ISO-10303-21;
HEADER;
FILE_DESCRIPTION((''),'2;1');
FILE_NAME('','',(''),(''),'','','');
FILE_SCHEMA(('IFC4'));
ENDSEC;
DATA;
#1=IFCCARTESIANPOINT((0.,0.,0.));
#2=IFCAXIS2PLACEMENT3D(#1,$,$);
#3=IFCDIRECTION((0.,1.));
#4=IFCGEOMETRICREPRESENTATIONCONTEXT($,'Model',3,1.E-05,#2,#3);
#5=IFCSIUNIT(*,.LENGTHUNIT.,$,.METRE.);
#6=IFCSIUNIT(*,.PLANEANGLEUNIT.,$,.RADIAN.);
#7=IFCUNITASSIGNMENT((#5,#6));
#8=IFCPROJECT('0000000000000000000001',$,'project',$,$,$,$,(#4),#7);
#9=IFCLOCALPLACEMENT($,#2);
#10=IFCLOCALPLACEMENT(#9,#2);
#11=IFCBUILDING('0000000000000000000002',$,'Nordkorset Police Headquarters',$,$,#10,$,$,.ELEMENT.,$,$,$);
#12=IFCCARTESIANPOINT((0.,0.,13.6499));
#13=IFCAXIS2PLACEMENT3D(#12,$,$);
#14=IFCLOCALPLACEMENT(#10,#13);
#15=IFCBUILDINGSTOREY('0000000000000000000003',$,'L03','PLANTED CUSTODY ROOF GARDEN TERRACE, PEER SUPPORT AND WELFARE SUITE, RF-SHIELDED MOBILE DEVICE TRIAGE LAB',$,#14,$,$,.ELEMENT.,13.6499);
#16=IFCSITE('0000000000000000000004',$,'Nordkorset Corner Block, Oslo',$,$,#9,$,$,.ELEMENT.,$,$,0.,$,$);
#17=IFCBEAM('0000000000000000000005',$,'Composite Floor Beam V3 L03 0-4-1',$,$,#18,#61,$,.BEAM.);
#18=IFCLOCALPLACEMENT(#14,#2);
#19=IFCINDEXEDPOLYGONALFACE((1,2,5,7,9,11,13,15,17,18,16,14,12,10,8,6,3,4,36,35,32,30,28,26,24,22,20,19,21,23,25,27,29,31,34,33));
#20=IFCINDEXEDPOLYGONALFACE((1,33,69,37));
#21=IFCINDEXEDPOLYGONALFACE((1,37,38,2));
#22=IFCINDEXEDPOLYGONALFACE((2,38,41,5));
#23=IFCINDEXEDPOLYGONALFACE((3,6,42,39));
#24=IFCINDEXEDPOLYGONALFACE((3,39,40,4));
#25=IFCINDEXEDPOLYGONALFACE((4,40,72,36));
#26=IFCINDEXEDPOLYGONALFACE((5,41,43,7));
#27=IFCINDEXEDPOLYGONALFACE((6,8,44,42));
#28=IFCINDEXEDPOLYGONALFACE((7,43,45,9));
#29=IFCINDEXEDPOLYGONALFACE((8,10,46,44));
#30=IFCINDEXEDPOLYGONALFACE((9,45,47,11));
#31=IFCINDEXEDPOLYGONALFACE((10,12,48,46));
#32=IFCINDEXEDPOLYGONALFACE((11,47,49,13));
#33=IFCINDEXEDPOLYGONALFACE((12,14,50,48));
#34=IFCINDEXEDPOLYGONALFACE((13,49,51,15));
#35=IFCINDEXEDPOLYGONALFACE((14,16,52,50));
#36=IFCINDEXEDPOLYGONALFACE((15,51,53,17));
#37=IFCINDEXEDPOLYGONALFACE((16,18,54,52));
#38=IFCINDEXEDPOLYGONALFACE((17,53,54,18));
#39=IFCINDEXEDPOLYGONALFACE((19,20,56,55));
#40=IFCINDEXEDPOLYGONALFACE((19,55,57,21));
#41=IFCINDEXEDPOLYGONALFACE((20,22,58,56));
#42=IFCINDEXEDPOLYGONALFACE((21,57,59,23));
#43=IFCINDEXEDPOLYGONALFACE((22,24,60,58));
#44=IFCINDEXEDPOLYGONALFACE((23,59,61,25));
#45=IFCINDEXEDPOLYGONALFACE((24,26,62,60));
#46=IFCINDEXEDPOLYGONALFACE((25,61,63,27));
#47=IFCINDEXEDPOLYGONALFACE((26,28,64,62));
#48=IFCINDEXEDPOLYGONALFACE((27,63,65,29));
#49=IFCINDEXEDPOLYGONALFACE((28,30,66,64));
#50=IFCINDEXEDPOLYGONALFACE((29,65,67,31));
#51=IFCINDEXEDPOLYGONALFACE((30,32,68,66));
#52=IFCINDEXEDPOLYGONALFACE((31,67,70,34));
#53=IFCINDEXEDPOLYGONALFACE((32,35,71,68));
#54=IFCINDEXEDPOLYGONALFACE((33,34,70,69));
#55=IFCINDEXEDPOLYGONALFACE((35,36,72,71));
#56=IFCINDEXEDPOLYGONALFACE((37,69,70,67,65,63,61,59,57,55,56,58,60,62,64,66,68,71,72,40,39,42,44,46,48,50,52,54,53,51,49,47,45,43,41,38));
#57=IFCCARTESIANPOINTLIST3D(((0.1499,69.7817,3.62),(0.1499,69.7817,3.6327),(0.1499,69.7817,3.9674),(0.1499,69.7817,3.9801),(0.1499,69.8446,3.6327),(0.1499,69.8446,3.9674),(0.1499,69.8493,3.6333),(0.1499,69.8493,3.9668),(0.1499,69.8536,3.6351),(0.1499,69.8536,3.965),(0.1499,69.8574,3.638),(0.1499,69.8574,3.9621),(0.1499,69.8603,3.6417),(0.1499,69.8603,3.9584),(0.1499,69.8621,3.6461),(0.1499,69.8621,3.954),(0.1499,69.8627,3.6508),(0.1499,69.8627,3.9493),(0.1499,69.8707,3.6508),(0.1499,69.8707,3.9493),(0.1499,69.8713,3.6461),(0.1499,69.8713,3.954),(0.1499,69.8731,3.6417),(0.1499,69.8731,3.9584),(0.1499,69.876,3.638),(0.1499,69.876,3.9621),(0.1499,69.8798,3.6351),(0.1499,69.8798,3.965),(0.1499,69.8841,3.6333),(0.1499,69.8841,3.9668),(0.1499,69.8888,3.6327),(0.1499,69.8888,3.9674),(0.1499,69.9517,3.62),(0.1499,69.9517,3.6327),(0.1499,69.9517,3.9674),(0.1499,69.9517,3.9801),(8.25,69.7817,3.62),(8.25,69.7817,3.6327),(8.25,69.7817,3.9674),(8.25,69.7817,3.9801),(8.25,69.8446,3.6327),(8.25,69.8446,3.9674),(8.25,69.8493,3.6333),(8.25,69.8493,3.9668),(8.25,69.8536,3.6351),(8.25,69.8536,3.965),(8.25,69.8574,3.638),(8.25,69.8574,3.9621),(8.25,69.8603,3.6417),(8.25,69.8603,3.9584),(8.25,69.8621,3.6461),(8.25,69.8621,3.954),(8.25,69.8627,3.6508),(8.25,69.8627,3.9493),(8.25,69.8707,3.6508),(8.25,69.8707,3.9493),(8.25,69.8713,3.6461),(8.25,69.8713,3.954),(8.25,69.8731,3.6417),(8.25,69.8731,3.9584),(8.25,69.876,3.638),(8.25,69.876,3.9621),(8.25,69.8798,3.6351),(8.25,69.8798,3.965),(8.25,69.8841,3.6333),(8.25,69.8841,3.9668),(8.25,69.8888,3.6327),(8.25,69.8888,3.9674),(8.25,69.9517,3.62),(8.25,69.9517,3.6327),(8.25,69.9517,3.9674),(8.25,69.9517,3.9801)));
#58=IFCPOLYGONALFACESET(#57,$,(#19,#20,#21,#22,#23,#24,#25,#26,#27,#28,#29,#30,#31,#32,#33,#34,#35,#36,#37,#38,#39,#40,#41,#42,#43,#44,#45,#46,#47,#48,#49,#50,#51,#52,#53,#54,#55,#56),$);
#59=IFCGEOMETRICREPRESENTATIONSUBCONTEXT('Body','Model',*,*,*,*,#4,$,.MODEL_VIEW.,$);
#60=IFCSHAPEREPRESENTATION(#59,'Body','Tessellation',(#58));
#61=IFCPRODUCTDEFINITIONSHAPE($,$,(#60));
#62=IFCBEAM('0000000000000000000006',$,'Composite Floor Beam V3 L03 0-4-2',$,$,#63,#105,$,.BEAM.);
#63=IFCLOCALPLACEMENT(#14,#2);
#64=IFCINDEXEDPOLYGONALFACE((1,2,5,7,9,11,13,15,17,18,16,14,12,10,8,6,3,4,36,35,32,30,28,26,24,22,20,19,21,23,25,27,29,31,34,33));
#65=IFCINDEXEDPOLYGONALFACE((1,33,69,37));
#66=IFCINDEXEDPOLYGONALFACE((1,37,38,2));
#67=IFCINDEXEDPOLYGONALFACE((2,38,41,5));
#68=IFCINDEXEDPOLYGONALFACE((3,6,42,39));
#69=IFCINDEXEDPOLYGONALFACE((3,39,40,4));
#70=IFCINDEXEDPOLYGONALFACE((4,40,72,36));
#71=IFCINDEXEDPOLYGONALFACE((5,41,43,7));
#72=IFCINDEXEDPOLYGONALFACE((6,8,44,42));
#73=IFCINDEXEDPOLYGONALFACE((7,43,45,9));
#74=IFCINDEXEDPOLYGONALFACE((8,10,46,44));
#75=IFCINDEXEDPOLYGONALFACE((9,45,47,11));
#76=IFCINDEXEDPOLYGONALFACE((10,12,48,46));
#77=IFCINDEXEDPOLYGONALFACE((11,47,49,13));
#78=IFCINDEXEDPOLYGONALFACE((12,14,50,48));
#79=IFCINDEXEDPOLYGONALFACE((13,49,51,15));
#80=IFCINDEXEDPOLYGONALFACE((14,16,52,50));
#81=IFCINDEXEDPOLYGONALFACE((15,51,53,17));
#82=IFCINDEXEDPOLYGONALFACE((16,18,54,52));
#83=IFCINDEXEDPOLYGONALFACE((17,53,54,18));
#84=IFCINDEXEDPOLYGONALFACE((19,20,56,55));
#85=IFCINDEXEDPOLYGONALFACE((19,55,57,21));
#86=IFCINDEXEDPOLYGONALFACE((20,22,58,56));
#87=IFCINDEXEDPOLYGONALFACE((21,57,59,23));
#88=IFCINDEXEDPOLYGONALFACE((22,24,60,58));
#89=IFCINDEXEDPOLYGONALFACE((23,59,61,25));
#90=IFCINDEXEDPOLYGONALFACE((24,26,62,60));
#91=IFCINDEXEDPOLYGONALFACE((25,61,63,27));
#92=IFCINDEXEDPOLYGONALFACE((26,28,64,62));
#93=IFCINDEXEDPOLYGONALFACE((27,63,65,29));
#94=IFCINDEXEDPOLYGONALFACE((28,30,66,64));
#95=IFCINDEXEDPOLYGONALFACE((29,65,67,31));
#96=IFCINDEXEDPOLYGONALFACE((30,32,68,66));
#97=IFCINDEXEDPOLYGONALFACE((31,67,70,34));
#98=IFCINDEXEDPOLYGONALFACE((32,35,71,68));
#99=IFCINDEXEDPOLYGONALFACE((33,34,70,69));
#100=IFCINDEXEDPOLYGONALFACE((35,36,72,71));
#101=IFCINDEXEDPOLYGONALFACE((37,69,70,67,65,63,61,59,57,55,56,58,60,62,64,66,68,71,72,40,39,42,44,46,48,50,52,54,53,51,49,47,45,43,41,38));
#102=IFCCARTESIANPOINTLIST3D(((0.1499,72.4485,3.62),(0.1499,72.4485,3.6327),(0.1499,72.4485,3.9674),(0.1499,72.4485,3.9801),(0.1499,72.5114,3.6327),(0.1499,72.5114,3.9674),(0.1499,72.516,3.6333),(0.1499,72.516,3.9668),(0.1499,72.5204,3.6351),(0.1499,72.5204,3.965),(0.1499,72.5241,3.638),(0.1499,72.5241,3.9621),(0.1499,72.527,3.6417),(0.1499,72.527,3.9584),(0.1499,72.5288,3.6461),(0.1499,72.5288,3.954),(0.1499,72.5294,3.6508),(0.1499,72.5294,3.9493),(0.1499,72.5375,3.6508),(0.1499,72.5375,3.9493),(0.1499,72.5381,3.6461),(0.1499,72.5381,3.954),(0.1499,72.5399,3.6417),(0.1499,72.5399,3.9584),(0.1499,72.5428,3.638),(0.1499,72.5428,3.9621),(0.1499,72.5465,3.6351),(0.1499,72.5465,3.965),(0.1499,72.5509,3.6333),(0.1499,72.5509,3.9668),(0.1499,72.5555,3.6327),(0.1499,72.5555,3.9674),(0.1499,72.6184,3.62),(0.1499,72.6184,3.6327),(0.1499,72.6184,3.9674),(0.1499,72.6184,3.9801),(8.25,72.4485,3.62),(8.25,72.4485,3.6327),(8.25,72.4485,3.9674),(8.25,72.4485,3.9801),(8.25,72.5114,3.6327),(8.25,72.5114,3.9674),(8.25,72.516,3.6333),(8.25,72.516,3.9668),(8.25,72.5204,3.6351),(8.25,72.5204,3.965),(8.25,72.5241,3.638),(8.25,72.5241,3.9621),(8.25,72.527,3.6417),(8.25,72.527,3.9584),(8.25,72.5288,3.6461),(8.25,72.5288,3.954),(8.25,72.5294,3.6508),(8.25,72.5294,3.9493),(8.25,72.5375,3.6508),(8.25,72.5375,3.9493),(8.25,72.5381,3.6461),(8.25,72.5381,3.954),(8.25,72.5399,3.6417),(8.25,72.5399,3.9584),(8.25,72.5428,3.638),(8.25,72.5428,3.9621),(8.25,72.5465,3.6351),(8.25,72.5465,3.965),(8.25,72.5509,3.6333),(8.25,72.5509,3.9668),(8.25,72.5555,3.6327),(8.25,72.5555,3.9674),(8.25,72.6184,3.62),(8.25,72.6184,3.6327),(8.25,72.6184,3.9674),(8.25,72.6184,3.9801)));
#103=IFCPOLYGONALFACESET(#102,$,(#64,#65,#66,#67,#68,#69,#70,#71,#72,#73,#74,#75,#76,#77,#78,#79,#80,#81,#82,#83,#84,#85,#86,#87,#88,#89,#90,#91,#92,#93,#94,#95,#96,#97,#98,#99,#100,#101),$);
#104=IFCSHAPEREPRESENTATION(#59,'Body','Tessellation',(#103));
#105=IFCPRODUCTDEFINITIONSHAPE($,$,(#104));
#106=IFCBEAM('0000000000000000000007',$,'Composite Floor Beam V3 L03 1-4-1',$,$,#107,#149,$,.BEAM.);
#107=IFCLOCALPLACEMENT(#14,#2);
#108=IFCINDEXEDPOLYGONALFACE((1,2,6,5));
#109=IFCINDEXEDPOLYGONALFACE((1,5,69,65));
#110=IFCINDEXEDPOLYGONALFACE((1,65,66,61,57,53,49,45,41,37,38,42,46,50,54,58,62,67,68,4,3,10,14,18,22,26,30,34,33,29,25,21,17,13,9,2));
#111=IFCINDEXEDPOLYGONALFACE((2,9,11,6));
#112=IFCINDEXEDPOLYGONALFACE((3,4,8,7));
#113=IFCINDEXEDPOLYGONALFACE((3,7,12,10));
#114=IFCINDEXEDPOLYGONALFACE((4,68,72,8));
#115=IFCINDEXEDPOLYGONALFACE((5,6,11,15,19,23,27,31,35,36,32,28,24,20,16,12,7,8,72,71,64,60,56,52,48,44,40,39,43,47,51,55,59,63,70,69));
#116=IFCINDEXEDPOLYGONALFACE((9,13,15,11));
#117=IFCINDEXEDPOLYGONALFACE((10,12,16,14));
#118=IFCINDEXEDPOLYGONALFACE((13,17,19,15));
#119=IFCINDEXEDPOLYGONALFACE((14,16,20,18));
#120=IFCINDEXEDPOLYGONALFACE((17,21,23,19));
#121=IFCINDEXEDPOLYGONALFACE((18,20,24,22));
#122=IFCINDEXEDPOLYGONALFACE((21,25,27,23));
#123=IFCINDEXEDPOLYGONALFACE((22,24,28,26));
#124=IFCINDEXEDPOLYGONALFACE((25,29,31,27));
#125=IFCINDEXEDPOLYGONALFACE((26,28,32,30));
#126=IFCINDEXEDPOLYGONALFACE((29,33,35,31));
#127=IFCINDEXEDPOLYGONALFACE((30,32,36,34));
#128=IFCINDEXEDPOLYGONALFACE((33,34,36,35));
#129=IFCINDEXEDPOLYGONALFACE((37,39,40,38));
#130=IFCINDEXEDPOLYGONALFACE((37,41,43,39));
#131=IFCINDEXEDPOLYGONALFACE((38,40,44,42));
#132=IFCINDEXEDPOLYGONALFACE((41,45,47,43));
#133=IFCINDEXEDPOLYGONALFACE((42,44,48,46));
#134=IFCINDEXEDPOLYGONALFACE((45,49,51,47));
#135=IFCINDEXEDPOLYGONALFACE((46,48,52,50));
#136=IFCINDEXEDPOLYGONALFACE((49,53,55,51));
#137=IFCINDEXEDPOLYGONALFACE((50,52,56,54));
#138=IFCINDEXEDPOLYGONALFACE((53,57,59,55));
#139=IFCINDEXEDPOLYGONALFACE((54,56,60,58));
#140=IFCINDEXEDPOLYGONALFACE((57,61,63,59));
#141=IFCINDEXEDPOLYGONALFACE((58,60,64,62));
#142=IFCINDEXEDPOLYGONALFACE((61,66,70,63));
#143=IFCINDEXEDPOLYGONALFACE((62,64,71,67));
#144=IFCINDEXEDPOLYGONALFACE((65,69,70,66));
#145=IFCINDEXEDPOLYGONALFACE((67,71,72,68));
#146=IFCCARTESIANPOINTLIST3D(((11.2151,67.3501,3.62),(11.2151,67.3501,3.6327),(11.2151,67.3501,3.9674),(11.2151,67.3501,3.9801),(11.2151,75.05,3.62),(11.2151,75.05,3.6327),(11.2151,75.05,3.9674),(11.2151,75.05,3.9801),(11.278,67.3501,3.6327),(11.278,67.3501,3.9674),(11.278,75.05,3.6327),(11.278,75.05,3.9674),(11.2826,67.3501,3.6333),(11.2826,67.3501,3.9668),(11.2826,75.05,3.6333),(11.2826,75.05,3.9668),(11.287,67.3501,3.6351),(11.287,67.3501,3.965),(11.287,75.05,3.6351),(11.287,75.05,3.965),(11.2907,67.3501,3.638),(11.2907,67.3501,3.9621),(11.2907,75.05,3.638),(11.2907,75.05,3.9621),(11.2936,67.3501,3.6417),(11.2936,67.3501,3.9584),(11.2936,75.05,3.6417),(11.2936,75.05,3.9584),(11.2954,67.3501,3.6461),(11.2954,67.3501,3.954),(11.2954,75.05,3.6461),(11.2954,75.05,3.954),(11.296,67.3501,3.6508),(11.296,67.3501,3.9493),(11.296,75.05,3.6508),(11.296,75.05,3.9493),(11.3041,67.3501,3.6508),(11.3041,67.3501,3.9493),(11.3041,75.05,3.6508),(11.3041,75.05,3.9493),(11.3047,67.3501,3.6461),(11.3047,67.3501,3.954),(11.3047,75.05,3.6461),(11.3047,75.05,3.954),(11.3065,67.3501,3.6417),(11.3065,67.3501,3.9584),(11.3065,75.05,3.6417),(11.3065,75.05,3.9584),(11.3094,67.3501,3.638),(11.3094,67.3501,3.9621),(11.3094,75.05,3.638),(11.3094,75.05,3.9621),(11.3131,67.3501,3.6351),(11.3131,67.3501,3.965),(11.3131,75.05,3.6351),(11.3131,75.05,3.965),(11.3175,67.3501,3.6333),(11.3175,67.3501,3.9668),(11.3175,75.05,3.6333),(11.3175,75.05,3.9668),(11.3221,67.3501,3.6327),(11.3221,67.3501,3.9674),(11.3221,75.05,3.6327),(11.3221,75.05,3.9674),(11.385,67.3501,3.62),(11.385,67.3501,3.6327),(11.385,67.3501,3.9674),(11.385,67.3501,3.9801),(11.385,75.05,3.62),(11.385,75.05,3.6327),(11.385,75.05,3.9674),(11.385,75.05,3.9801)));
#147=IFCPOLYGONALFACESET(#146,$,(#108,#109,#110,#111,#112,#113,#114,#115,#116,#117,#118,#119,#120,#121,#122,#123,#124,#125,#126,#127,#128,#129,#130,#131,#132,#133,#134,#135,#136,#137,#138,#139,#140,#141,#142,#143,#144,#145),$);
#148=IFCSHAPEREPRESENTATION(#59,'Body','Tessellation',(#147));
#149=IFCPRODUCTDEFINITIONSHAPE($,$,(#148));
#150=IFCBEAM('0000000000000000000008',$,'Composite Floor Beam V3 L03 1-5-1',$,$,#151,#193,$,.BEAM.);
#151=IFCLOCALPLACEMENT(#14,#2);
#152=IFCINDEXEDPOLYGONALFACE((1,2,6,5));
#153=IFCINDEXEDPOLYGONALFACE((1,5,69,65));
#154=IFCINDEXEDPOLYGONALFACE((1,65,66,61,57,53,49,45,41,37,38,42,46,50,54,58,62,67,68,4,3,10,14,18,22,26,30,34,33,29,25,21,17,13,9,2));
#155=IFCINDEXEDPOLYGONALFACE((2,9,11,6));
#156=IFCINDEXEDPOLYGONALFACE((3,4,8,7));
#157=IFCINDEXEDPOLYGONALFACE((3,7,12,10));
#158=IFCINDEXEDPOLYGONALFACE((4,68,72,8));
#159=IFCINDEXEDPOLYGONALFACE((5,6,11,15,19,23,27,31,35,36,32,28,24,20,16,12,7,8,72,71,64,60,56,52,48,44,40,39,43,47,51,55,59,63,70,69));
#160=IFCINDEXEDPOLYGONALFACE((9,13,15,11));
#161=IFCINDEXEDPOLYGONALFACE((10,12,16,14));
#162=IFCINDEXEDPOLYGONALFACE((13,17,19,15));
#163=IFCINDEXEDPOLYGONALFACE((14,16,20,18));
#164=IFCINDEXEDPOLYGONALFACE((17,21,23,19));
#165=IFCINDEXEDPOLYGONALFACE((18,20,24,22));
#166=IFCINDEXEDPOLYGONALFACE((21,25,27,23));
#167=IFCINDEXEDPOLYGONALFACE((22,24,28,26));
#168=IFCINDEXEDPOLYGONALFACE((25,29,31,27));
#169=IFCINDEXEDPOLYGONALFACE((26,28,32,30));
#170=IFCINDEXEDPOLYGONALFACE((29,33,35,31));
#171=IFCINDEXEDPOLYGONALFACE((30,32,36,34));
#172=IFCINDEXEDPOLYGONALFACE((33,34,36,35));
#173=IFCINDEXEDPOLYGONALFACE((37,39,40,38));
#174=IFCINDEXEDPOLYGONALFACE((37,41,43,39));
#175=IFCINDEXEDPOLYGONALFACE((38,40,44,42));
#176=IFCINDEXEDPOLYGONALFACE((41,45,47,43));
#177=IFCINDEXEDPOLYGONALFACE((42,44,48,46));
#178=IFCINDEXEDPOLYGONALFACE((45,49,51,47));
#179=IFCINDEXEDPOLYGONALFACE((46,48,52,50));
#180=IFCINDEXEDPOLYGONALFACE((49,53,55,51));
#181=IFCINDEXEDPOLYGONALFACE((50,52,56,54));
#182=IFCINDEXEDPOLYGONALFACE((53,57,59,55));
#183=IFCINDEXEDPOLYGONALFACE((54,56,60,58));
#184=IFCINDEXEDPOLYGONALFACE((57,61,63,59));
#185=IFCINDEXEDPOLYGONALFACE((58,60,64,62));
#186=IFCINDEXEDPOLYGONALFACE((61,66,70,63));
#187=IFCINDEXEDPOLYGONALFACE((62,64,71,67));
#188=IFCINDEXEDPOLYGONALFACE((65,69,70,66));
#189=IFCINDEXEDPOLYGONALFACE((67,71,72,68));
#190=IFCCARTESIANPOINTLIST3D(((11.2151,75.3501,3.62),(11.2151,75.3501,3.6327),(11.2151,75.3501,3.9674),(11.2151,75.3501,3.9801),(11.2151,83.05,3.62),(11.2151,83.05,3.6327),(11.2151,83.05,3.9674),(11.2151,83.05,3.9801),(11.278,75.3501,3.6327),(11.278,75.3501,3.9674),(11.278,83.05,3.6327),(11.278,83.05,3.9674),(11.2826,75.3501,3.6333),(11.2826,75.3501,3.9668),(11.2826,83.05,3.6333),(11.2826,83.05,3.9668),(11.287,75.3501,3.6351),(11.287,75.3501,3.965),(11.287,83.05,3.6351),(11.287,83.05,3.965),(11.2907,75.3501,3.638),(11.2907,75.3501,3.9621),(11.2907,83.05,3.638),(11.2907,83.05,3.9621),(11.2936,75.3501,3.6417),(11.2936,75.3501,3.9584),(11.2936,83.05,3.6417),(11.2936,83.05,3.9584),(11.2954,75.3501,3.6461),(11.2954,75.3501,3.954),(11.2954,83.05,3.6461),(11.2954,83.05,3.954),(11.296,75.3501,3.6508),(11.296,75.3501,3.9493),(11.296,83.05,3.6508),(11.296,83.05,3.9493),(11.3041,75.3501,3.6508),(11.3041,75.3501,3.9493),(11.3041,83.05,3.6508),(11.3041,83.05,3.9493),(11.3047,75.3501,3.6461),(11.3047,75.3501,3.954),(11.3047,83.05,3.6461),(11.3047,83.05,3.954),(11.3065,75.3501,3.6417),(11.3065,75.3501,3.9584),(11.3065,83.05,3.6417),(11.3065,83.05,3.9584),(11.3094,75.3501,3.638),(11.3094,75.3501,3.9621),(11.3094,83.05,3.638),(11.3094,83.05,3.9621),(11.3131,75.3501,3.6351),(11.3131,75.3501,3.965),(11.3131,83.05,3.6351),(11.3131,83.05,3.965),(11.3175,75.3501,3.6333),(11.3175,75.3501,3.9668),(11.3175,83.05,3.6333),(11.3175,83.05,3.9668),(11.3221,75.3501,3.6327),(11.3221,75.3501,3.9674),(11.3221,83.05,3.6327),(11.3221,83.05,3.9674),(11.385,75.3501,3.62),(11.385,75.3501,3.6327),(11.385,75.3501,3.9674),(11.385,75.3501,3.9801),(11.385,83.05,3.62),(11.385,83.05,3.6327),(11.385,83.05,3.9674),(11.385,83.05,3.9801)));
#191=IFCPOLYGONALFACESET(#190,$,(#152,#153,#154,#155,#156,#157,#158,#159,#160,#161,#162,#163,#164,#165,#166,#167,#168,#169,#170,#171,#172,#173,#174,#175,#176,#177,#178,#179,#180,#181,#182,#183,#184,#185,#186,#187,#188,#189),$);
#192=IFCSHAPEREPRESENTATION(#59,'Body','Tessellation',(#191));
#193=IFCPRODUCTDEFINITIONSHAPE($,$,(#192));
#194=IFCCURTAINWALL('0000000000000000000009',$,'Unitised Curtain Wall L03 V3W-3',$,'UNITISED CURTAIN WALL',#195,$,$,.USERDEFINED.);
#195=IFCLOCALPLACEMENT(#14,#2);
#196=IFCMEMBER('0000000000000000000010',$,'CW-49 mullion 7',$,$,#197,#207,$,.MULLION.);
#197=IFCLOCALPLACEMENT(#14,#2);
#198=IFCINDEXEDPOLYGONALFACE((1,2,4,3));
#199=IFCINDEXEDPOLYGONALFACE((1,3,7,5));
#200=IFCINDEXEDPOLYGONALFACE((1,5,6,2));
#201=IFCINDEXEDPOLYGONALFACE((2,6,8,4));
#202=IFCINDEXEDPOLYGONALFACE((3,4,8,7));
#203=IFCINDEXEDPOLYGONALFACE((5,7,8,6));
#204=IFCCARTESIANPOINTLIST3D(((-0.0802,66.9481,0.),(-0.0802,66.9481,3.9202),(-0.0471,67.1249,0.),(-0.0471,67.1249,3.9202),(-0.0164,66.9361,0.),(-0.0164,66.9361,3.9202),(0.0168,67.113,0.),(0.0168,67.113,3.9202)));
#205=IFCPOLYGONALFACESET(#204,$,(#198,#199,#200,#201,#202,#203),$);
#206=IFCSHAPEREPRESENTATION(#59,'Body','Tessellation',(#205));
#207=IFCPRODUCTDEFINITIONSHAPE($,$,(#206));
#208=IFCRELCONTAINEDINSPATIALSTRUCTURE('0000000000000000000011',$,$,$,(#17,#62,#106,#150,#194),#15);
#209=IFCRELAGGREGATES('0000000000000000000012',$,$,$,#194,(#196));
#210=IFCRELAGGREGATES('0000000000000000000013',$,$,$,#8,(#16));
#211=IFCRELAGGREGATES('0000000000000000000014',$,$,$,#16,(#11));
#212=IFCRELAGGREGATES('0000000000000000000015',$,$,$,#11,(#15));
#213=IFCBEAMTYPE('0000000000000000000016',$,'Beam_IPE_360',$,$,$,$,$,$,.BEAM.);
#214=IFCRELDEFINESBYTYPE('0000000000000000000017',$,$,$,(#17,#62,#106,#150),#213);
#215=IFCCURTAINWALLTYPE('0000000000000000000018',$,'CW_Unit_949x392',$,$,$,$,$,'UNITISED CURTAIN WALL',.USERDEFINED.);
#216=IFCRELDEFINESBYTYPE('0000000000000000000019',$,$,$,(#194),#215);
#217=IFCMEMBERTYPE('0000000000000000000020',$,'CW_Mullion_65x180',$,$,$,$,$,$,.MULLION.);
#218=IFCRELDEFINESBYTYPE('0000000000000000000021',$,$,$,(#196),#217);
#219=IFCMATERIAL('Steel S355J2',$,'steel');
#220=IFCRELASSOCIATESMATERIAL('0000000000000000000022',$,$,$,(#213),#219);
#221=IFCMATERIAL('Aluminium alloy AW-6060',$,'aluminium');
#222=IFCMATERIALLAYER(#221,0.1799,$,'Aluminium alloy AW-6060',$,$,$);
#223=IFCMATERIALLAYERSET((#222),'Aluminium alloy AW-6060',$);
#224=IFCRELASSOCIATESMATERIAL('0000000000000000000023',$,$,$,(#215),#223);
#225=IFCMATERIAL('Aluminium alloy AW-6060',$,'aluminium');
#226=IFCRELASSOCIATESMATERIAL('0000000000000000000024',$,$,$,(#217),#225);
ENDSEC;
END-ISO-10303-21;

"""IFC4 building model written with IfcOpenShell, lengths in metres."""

from ifc_helpers import new_model, si_unit, direction, frame, origin, origin_2d, place, context, subcontext, project, spatial, rectangle, i_section, extrude, material, layer, layer_set, material_profile, profile_set, type_object, element, aggregate, save


model = new_model("IFC4")

# Units and contexts
model_context = context("Model", 3, precision=1e-05, world=origin(), true_north=direction((0.0, 1.0)))
body_context = subcontext(model_context, "Body", "Model", "MODEL_VIEW")
ifc_project = project(units=[si_unit("LENGTHUNIT", "METRE"), si_unit("PLANEANGLEUNIT", "RADIAN")], contexts=[model_context])

# Site, building, storey
site_placement = place(None, origin())
site = spatial("IfcSite", under=ifc_project, at=site_placement, Name="Nordkorset Corner Block, Oslo", CompositionType="ELEMENT", RefElevation=0.0)
building_placement = place(site_placement, origin())
building = spatial("IfcBuilding", under=site, at=building_placement, Name="Nordkorset Police Headquarters", CompositionType="ELEMENT")
storey_placement = place(building_placement, frame((0.0, 0.0, 13.6499)))
storey = spatial("IfcBuildingStorey", under=building, at=storey_placement, Name="L03", Description="PLANTED CUSTODY ROOF GARDEN TERRACE, PEER SUPPORT AND WELFARE SUITE, RF-SHIELDED MOBILE DEVICE TRIAGE LAB", CompositionType="ELEMENT", Elevation=13.6499)

# Beams
ifc_material_1 = material(Name="Steel S355J2", Category="steel")
ifc_material_profile_1 = material_profile(ifc_material_1, i_section(OverallWidth=0.1699, OverallDepth=0.3601, WebThickness=0.0081, FlangeThickness=0.0127, FilletRadius=0.0181, at=origin_2d()), Name="IPE 360")
ifc_profile_set_1 = profile_set([ifc_material_profile_1], Name="Steel S355J2")
beam_type_1 = type_object("IfcBeamType", Name="Beam_IPE_360", PredefinedType="BEAM", material=ifc_profile_set_1)
for number, where, z_axis, x_axis, name in (
    (1, (0.1499, 69.8667, 3.8), (1.0, 0.0, 0.0), (0.0, 1.0, 0.0), "Composite Floor Beam V3 L03 0-4-1"),
    (2, (0.1499, 72.5334, 3.8), (1.0, 0.0, 0.0), (0.0, 1.0, 0.0), "Composite Floor Beam V3 L03 0-4-2"),
):
    element("IfcBeam", number, at=place(storey_placement, frame(where, z_axis=z_axis, x_axis=x_axis)), inside=storey, type_object=beam_type_1, Name=name, PredefinedType="BEAM", context=body_context, shape_type="SweptSolid", body=[
        extrude(i_section(OverallWidth=0.1699, OverallDepth=0.3601, WebThickness=0.0081, FlangeThickness=0.0127, FilletRadius=0.0181, at=origin_2d()), origin(), (0.0, 0.0, 1.0), 8.1001),
    ])
for number, where, z_axis, x_axis, name in (
    (3, (11.3, 67.3501, 3.8), (0.0, 1.0, 0.0), (-1.0, 0.0, 0.0), "Composite Floor Beam V3 L03 1-4-1"),
    (4, (11.3, 75.3501, 3.8), (0.0, 1.0, 0.0), (-1.0, 0.0, 0.0), "Composite Floor Beam V3 L03 1-5-1"),
):
    element("IfcBeam", number, at=place(storey_placement, frame(where, z_axis=z_axis, x_axis=x_axis)), inside=storey, type_object=beam_type_1, Name=name, PredefinedType="BEAM", context=body_context, shape_type="SweptSolid", body=[
        extrude(i_section(OverallWidth=0.1699, OverallDepth=0.3601, WebThickness=0.0081, FlangeThickness=0.0127, FilletRadius=0.0181, at=origin_2d()), origin(), (0.0, 0.0, 1.0), 7.7),
    ])

# Curtain wall, member
ifc_material_2 = material(Name="Aluminium alloy AW-6060", Category="aluminium")
ifc_layer_1 = layer(ifc_material_2, 0.1799, Name="Aluminium alloy AW-6060")
ifc_layer_set_1 = layer_set([ifc_layer_1], Name="Aluminium alloy AW-6060")
curtain_wall_type_1 = type_object("IfcCurtainWallType", Name="CW_Unit_949x392", ElementType="UNITISED CURTAIN WALL", PredefinedType="USERDEFINED", material=ifc_layer_set_1)
curtain_wall_1_placement = place(storey_placement, origin())
curtain_wall_1 = element("IfcCurtainWall", 5, at=curtain_wall_1_placement, inside=storey, type_object=curtain_wall_type_1, Name="Unitised Curtain Wall L03 V3W-3", ObjectType="UNITISED CURTAIN WALL", PredefinedType="USERDEFINED")
ifc_material_3 = material(Name="Aluminium alloy AW-6060", Category="aluminium")
ifc_material_profile_2 = material_profile(ifc_material_3, rectangle(XDim=0.0649, YDim=0.1799, at=origin_2d()), Name="ALU MULL 65x180")
ifc_profile_set_2 = profile_set([ifc_material_profile_2], Name="Aluminium alloy AW-6060")
member_type_1 = type_object("IfcMemberType", Name="CW_Mullion_65x180", PredefinedType="MULLION", material=ifc_profile_set_2)
member_1_placement = place(storey_placement, frame((-0.0317, 67.0305, 0.0), z_axis=(0.0, 0.0, 1.0), x_axis=(-0.982872, 0.184289, 0.0)))
member_1 = element("IfcMember", 6, at=member_1_placement, type_object=member_type_1, Name="CW-49 mullion 7", PredefinedType="MULLION", context=body_context, shape_type="SweptSolid", body=[
    extrude(rectangle(XDim=0.0649, YDim=0.1799, at=origin_2d()), origin(), (0.0, 0.0, 1.0), 3.9202),
])
aggregate(curtain_wall_1, [member_1])

save(model, "model.ifc")
